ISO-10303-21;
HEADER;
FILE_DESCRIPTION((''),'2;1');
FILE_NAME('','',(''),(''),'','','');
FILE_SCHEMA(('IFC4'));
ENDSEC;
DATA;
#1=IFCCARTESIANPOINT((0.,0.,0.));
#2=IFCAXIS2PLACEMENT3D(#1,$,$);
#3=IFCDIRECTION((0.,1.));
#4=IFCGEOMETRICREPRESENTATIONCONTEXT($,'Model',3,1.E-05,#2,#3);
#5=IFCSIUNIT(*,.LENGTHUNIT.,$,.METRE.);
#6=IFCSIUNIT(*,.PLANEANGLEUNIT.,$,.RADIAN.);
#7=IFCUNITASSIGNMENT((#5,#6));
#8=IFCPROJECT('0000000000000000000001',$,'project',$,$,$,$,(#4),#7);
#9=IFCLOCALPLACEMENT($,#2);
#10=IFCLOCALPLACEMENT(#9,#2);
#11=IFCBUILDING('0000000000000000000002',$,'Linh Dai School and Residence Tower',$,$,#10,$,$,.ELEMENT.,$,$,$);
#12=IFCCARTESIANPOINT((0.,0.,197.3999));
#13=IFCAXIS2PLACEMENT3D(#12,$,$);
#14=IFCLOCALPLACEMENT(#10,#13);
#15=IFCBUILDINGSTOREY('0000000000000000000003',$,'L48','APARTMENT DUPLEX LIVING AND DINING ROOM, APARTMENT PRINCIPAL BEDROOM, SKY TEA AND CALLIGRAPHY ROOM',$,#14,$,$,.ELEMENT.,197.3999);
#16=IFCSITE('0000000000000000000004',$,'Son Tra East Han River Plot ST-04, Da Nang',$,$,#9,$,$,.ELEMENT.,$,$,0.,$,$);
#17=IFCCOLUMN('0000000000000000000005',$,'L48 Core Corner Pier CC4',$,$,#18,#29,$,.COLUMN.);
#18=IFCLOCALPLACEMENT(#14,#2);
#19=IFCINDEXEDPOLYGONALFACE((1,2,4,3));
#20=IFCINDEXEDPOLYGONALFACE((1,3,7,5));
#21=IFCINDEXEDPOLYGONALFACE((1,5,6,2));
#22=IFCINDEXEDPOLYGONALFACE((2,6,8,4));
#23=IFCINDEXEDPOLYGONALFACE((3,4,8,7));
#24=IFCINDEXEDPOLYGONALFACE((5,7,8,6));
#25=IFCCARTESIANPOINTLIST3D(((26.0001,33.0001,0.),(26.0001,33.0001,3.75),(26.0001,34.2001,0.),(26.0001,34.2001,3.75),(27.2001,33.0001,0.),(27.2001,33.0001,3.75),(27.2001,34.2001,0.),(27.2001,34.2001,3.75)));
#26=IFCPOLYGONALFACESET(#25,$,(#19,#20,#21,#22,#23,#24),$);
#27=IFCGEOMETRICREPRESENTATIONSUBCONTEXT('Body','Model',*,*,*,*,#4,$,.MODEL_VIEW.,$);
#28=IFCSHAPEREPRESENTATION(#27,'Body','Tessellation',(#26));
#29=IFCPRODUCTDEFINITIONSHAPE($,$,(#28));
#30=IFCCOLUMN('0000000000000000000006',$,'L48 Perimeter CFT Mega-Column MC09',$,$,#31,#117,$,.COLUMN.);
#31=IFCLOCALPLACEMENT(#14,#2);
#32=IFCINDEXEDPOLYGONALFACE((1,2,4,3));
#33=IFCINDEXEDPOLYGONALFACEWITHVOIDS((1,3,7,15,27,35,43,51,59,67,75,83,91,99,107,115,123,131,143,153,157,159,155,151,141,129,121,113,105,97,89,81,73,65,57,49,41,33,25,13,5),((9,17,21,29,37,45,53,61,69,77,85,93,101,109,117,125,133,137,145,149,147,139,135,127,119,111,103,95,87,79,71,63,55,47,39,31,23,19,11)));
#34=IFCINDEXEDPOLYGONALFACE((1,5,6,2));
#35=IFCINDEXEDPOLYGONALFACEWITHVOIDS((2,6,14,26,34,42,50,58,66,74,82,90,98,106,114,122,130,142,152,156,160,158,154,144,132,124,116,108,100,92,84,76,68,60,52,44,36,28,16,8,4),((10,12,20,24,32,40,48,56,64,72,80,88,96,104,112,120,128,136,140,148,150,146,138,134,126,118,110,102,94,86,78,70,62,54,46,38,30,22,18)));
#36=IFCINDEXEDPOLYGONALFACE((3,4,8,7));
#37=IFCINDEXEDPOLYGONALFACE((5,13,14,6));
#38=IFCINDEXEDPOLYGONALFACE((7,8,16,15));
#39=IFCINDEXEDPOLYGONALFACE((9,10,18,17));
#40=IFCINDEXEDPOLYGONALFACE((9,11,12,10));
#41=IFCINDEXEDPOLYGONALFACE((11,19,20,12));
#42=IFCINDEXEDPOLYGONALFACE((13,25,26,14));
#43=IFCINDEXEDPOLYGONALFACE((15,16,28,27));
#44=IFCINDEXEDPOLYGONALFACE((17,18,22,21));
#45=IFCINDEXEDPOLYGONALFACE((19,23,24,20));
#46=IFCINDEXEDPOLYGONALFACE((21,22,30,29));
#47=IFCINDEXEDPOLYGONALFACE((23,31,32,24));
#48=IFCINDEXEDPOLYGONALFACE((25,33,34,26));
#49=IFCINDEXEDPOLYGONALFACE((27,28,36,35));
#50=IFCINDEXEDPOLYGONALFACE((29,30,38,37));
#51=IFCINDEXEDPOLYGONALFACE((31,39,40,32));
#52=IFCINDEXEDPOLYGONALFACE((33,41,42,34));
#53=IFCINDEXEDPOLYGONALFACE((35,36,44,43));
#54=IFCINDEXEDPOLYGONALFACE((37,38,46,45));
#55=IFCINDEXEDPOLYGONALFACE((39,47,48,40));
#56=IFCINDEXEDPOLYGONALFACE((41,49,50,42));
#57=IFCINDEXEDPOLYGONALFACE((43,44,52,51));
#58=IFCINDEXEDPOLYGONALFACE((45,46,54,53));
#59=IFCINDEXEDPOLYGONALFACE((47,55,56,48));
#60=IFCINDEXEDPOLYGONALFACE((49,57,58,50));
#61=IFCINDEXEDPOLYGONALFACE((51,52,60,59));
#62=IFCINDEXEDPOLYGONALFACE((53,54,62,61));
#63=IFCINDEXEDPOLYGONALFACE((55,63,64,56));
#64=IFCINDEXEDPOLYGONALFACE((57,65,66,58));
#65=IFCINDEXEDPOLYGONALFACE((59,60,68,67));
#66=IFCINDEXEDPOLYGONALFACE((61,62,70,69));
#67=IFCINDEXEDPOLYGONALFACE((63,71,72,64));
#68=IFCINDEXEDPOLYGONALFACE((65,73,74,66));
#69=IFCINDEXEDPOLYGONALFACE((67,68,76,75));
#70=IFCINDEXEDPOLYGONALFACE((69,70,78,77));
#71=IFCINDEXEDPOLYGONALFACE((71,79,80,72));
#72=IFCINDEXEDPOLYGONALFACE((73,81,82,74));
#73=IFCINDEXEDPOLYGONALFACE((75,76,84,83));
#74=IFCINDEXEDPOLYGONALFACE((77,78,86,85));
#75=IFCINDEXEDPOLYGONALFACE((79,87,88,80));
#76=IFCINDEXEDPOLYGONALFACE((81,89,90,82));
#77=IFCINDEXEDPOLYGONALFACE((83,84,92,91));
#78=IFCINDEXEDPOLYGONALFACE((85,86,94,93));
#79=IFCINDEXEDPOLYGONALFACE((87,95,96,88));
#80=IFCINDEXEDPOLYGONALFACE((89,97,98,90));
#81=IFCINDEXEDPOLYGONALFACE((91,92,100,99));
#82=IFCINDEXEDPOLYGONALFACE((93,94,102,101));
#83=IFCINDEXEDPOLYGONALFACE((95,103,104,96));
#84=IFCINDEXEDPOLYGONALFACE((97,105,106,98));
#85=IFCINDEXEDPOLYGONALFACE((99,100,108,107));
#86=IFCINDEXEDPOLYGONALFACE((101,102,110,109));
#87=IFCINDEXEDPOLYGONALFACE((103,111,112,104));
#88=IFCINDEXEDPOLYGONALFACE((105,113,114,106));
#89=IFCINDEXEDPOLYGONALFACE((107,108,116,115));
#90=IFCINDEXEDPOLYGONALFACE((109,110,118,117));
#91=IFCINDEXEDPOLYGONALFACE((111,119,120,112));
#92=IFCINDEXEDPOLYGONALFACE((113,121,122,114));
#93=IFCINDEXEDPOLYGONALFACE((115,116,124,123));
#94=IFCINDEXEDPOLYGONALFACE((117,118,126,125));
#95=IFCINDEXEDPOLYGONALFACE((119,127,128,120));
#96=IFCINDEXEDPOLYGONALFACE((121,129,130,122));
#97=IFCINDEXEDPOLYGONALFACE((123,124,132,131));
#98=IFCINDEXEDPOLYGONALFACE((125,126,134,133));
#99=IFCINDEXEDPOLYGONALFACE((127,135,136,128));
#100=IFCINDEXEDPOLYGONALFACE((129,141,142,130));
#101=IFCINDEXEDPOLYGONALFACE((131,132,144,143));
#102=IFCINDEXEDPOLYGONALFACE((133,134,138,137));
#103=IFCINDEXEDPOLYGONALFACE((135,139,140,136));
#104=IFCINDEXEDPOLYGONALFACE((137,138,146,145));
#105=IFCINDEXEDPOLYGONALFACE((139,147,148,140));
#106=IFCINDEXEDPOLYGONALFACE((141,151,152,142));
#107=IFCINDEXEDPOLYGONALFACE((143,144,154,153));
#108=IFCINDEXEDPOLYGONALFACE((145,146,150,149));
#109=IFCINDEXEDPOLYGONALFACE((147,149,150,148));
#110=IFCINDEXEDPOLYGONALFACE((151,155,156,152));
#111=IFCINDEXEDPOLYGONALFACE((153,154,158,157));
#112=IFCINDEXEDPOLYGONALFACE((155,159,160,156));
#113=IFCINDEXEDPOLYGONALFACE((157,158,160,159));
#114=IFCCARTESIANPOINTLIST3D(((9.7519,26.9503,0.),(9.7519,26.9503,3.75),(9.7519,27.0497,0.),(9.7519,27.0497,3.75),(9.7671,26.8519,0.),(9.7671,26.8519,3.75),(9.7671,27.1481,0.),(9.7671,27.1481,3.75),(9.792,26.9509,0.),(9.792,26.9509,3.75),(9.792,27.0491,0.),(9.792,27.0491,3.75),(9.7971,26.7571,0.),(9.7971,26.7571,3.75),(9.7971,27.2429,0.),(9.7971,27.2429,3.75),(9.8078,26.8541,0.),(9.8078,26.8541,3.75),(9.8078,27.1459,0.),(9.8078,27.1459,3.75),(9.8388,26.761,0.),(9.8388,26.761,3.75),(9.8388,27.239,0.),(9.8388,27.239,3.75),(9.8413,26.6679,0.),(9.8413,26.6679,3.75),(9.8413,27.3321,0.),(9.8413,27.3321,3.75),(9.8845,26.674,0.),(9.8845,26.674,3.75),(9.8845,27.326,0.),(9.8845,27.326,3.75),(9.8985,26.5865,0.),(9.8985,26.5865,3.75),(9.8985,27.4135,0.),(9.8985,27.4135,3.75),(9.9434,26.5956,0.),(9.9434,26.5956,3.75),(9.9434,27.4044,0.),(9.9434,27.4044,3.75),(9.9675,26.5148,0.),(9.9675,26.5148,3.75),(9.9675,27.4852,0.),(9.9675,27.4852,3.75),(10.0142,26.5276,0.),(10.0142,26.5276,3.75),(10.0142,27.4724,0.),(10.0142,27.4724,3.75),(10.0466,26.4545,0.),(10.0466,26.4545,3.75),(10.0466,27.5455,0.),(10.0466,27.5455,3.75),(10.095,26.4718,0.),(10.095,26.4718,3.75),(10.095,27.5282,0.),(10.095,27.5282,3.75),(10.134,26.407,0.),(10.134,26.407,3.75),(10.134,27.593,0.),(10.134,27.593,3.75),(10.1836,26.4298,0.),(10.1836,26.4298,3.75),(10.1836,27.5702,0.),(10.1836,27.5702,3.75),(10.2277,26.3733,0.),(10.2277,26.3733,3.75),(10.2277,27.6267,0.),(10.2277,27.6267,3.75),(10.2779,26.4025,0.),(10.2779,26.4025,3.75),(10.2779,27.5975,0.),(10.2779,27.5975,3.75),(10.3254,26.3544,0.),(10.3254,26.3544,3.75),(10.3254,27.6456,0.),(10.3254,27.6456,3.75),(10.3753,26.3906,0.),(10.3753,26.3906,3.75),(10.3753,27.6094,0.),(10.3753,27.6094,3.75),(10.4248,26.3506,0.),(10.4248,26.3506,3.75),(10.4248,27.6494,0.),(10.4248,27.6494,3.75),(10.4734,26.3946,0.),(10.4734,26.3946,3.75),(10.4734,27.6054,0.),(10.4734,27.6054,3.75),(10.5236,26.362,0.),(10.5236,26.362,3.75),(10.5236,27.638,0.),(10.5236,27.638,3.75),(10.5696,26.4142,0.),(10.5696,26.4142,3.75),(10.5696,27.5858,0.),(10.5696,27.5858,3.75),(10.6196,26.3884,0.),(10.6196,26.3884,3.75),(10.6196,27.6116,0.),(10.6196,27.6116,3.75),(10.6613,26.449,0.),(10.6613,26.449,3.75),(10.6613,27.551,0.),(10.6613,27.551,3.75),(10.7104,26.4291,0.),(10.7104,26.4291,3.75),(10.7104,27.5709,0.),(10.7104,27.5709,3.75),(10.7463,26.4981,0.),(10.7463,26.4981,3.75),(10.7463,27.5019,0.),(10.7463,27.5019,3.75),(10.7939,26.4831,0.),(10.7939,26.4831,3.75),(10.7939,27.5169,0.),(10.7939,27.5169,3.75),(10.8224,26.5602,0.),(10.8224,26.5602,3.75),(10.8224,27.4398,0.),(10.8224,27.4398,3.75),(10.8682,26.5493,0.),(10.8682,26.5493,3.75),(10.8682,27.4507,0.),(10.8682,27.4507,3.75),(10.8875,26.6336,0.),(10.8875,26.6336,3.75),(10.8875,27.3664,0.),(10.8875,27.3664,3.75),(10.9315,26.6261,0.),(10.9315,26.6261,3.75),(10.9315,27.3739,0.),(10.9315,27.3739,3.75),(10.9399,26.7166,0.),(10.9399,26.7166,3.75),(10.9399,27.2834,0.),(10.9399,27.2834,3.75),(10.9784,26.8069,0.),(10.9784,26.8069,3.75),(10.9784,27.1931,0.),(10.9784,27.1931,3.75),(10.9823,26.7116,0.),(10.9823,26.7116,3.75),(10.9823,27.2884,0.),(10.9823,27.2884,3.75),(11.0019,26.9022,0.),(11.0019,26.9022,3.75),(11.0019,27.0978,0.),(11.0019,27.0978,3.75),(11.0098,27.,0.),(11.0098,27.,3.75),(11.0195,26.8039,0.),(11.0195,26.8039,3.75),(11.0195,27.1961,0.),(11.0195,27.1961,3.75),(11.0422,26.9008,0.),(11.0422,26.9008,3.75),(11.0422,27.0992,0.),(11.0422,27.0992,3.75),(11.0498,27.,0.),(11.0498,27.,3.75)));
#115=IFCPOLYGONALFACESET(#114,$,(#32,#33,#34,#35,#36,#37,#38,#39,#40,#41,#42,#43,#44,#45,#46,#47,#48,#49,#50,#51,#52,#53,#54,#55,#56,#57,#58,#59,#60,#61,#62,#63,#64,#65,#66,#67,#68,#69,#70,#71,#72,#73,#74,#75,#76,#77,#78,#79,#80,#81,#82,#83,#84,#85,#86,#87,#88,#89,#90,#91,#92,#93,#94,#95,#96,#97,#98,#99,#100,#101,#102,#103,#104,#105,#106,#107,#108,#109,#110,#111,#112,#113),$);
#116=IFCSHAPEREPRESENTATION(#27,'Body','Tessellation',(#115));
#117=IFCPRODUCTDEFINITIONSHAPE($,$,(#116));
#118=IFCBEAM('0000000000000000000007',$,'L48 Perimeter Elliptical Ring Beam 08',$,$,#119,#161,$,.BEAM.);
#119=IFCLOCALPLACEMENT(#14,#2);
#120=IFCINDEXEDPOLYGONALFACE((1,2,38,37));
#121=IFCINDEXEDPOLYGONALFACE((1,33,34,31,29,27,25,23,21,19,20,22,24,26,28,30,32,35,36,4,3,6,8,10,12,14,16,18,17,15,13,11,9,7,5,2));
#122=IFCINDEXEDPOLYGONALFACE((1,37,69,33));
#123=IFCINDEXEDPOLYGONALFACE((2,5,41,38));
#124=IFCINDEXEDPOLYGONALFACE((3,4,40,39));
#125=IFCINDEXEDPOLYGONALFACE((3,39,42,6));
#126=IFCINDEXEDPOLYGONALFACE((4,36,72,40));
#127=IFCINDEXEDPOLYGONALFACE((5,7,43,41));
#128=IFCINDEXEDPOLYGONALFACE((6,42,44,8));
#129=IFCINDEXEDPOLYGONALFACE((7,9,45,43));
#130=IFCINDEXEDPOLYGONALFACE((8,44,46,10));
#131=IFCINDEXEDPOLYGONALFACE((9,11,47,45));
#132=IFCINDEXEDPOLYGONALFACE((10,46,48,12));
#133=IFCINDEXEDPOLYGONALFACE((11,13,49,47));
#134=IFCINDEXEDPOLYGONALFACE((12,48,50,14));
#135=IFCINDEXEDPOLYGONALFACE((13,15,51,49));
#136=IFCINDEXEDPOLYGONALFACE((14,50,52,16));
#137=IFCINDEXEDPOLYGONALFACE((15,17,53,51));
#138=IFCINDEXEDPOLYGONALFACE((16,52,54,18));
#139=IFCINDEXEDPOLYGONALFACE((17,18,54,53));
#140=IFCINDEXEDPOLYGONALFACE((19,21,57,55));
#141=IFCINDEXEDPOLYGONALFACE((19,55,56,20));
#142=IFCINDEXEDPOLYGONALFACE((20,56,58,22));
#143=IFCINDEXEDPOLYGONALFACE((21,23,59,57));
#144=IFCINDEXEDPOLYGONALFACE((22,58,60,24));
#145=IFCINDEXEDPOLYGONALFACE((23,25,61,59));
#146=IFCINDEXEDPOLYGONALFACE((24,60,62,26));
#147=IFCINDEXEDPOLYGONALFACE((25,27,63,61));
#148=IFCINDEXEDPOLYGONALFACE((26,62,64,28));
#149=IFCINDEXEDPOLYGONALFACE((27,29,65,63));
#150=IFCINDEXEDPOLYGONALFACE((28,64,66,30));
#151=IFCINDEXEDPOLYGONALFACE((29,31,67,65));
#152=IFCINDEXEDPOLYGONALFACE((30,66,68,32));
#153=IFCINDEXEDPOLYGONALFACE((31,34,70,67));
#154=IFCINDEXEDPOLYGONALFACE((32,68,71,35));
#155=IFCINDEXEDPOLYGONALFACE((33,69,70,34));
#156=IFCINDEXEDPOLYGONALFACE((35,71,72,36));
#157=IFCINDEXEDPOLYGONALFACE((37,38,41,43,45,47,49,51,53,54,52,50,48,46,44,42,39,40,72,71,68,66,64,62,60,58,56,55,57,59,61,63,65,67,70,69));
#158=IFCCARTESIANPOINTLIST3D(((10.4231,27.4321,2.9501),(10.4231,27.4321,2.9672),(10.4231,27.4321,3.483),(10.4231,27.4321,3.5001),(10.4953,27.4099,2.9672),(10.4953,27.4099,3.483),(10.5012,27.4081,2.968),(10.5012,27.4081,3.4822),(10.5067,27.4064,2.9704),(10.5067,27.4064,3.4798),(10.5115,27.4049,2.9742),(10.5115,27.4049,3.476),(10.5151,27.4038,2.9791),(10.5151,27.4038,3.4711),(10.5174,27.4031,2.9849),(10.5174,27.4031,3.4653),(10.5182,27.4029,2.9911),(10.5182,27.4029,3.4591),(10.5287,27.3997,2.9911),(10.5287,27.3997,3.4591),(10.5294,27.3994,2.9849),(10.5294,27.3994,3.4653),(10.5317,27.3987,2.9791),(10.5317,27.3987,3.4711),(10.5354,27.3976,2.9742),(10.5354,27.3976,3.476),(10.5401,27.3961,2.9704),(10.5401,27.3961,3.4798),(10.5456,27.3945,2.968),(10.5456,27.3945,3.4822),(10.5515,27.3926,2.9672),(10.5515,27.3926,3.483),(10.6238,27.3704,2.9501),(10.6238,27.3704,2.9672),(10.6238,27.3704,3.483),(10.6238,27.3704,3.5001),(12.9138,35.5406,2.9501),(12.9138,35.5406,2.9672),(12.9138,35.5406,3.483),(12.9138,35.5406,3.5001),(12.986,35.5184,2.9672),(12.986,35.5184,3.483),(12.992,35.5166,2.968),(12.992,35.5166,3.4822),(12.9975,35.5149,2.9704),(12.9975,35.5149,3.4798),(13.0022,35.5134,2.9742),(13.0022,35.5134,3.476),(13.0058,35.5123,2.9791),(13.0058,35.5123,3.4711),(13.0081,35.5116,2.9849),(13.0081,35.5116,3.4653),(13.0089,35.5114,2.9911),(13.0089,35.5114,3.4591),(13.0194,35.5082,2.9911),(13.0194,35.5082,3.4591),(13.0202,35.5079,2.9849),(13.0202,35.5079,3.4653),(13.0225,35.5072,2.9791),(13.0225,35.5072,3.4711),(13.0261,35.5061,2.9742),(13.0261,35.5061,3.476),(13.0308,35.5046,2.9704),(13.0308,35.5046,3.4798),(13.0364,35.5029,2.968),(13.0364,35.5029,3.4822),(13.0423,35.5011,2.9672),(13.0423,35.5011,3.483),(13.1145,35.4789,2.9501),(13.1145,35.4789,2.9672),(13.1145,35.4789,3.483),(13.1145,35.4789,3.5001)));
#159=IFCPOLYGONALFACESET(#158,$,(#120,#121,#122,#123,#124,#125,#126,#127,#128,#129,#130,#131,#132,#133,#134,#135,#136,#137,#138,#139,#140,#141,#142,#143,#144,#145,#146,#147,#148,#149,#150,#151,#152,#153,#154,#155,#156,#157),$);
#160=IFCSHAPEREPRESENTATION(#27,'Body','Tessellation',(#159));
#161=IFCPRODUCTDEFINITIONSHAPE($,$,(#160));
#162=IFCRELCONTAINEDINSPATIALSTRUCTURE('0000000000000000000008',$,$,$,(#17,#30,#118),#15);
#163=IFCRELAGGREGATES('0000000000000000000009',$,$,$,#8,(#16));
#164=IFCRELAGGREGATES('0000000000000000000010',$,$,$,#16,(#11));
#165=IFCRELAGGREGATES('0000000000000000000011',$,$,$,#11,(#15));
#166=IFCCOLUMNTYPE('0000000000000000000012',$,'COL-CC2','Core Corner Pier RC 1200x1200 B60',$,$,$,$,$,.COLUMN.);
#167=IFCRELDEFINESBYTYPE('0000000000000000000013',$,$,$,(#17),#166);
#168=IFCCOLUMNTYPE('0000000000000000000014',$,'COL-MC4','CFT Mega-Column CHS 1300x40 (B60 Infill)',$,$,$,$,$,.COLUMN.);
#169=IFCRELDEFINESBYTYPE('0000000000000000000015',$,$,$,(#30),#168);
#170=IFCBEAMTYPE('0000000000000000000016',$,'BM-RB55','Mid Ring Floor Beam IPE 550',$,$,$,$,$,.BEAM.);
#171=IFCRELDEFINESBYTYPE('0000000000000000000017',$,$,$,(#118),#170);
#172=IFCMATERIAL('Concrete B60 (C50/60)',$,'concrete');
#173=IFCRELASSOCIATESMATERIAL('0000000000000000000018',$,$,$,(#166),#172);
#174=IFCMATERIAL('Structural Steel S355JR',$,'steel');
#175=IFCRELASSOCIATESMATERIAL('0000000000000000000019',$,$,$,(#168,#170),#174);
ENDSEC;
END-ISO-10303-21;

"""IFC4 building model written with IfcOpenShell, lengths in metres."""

from ifc_helpers import new_model, si_unit, direction, frame, origin, origin_2d, place, context, subcontext, project, spatial, rectangle, hollow_circle, i_section, extrude, material, material_profile, profile_set, type_object, element, save


model = new_model("IFC4")

# Units and contexts
model_context = context("Model", 3, precision=1e-05, world=origin(), true_north=direction((0.0, 1.0)))
body_context = subcontext(model_context, "Body", "Model", "MODEL_VIEW")
ifc_project = project(units=[si_unit("LENGTHUNIT", "METRE"), si_unit("PLANEANGLEUNIT", "RADIAN")], contexts=[model_context])

# Site, building, storey
site_placement = place(None, origin())
site = spatial("IfcSite", under=ifc_project, at=site_placement, Name="Son Tra East Han River Plot ST-04, Da Nang", CompositionType="ELEMENT", RefElevation=0.0)
building_placement = place(site_placement, origin())
building = spatial("IfcBuilding", under=site, at=building_placement, Name="Linh Dai School and Residence Tower", CompositionType="ELEMENT")
storey_placement = place(building_placement, frame((0.0, 0.0, 197.3999)))
storey = spatial("IfcBuildingStorey", under=building, at=storey_placement, Name="L48", Description="APARTMENT DUPLEX LIVING AND DINING ROOM, APARTMENT PRINCIPAL BEDROOM, SKY TEA AND CALLIGRAPHY ROOM", CompositionType="ELEMENT", Elevation=197.3999)

# Columns
ifc_material_1 = material(Name="Concrete B60 (C50/60)", Category="concrete")
ifc_material_profile_1 = material_profile(ifc_material_1, rectangle(XDim=1.2, YDim=1.2, at=origin_2d()), Name="RC 1200x1200")
ifc_profile_set_1 = profile_set([ifc_material_profile_1], Name="Concrete B60 (C50/60)")
column_type_1 = type_object("IfcColumnType", Name="COL-CC2", Description="Core Corner Pier RC 1200x1200 B60", PredefinedType="COLUMN", material=ifc_profile_set_1)
column_1_placement = place(storey_placement, frame((26.6001, 33.6001, 0.0), z_axis=(0.0, 0.0, 1.0), x_axis=(1.0, 0.0, 0.0)))
element("IfcColumn", 1, at=column_1_placement, inside=storey, type_object=column_type_1, Name="L48 Core Corner Pier CC4", PredefinedType="COLUMN", context=body_context, shape_type="SweptSolid", body=[
    extrude(rectangle(XDim=1.2, YDim=1.2, at=origin_2d()), origin(), (0.0, 0.0, 1.0), 3.75),
])
ifc_material_2 = material(Name="Structural Steel S355JR", Category="steel")
ifc_material_profile_2 = material_profile(ifc_material_2, hollow_circle(Radius=0.6499, WallThickness=0.04, at=origin_2d()), Name="CHS 1300x40")
ifc_profile_set_2 = profile_set([ifc_material_profile_2], Name="Structural Steel S355JR")
column_type_2 = type_object("IfcColumnType", Name="COL-MC4", Description="CFT Mega-Column CHS 1300x40 (B60 Infill)", PredefinedType="COLUMN", material=ifc_profile_set_2)
column_2_placement = place(storey_placement, frame((10.3999, 27.0, 0.0), z_axis=(0.0, 0.0, 1.0), x_axis=(1.0, 0.0, 0.0)))
element("IfcColumn", 2, at=column_2_placement, inside=storey, type_object=column_type_2, Name="L48 Perimeter CFT Mega-Column MC09", PredefinedType="COLUMN", context=body_context, shape_type="SweptSolid", body=[
    extrude(hollow_circle(Radius=0.6499, WallThickness=0.04, at=origin_2d()), origin(), (0.0, 0.0, 1.0), 3.75),
])

# Beam
ifc_material_profile_3 = material_profile(ifc_material_2, i_section(OverallWidth=0.21, OverallDepth=0.55, WebThickness=0.011, FlangeThickness=0.0171, FilletRadius=0.0239, at=origin_2d()), Name="IPE 550")
ifc_profile_set_3 = profile_set([ifc_material_profile_3], Name="Structural Steel S355JR")
beam_type_1 = type_object("IfcBeamType", Name="BM-RB55", Description="Mid Ring Floor Beam IPE 550", PredefinedType="BEAM", material=ifc_profile_set_3)
beam_1_placement = place(storey_placement, frame((13.0142, 35.5098, 3.2251), z_axis=(-0.293637, -0.955917, 0.0), x_axis=(0.955917, -0.293637, 0.0)))
element("IfcBeam", 3, at=beam_1_placement, inside=storey, type_object=beam_type_1, Name="L48 Perimeter Elliptical Ring Beam 08", PredefinedType="BEAM", context=body_context, shape_type="SweptSolid", body=[
    extrude(i_section(OverallWidth=0.21, OverallDepth=0.55, WebThickness=0.011, FlangeThickness=0.0171, FilletRadius=0.0239, at=origin_2d()), origin(), (0.0, 0.0, 1.0), 8.4824),
])

save(model, "model.ifc")
